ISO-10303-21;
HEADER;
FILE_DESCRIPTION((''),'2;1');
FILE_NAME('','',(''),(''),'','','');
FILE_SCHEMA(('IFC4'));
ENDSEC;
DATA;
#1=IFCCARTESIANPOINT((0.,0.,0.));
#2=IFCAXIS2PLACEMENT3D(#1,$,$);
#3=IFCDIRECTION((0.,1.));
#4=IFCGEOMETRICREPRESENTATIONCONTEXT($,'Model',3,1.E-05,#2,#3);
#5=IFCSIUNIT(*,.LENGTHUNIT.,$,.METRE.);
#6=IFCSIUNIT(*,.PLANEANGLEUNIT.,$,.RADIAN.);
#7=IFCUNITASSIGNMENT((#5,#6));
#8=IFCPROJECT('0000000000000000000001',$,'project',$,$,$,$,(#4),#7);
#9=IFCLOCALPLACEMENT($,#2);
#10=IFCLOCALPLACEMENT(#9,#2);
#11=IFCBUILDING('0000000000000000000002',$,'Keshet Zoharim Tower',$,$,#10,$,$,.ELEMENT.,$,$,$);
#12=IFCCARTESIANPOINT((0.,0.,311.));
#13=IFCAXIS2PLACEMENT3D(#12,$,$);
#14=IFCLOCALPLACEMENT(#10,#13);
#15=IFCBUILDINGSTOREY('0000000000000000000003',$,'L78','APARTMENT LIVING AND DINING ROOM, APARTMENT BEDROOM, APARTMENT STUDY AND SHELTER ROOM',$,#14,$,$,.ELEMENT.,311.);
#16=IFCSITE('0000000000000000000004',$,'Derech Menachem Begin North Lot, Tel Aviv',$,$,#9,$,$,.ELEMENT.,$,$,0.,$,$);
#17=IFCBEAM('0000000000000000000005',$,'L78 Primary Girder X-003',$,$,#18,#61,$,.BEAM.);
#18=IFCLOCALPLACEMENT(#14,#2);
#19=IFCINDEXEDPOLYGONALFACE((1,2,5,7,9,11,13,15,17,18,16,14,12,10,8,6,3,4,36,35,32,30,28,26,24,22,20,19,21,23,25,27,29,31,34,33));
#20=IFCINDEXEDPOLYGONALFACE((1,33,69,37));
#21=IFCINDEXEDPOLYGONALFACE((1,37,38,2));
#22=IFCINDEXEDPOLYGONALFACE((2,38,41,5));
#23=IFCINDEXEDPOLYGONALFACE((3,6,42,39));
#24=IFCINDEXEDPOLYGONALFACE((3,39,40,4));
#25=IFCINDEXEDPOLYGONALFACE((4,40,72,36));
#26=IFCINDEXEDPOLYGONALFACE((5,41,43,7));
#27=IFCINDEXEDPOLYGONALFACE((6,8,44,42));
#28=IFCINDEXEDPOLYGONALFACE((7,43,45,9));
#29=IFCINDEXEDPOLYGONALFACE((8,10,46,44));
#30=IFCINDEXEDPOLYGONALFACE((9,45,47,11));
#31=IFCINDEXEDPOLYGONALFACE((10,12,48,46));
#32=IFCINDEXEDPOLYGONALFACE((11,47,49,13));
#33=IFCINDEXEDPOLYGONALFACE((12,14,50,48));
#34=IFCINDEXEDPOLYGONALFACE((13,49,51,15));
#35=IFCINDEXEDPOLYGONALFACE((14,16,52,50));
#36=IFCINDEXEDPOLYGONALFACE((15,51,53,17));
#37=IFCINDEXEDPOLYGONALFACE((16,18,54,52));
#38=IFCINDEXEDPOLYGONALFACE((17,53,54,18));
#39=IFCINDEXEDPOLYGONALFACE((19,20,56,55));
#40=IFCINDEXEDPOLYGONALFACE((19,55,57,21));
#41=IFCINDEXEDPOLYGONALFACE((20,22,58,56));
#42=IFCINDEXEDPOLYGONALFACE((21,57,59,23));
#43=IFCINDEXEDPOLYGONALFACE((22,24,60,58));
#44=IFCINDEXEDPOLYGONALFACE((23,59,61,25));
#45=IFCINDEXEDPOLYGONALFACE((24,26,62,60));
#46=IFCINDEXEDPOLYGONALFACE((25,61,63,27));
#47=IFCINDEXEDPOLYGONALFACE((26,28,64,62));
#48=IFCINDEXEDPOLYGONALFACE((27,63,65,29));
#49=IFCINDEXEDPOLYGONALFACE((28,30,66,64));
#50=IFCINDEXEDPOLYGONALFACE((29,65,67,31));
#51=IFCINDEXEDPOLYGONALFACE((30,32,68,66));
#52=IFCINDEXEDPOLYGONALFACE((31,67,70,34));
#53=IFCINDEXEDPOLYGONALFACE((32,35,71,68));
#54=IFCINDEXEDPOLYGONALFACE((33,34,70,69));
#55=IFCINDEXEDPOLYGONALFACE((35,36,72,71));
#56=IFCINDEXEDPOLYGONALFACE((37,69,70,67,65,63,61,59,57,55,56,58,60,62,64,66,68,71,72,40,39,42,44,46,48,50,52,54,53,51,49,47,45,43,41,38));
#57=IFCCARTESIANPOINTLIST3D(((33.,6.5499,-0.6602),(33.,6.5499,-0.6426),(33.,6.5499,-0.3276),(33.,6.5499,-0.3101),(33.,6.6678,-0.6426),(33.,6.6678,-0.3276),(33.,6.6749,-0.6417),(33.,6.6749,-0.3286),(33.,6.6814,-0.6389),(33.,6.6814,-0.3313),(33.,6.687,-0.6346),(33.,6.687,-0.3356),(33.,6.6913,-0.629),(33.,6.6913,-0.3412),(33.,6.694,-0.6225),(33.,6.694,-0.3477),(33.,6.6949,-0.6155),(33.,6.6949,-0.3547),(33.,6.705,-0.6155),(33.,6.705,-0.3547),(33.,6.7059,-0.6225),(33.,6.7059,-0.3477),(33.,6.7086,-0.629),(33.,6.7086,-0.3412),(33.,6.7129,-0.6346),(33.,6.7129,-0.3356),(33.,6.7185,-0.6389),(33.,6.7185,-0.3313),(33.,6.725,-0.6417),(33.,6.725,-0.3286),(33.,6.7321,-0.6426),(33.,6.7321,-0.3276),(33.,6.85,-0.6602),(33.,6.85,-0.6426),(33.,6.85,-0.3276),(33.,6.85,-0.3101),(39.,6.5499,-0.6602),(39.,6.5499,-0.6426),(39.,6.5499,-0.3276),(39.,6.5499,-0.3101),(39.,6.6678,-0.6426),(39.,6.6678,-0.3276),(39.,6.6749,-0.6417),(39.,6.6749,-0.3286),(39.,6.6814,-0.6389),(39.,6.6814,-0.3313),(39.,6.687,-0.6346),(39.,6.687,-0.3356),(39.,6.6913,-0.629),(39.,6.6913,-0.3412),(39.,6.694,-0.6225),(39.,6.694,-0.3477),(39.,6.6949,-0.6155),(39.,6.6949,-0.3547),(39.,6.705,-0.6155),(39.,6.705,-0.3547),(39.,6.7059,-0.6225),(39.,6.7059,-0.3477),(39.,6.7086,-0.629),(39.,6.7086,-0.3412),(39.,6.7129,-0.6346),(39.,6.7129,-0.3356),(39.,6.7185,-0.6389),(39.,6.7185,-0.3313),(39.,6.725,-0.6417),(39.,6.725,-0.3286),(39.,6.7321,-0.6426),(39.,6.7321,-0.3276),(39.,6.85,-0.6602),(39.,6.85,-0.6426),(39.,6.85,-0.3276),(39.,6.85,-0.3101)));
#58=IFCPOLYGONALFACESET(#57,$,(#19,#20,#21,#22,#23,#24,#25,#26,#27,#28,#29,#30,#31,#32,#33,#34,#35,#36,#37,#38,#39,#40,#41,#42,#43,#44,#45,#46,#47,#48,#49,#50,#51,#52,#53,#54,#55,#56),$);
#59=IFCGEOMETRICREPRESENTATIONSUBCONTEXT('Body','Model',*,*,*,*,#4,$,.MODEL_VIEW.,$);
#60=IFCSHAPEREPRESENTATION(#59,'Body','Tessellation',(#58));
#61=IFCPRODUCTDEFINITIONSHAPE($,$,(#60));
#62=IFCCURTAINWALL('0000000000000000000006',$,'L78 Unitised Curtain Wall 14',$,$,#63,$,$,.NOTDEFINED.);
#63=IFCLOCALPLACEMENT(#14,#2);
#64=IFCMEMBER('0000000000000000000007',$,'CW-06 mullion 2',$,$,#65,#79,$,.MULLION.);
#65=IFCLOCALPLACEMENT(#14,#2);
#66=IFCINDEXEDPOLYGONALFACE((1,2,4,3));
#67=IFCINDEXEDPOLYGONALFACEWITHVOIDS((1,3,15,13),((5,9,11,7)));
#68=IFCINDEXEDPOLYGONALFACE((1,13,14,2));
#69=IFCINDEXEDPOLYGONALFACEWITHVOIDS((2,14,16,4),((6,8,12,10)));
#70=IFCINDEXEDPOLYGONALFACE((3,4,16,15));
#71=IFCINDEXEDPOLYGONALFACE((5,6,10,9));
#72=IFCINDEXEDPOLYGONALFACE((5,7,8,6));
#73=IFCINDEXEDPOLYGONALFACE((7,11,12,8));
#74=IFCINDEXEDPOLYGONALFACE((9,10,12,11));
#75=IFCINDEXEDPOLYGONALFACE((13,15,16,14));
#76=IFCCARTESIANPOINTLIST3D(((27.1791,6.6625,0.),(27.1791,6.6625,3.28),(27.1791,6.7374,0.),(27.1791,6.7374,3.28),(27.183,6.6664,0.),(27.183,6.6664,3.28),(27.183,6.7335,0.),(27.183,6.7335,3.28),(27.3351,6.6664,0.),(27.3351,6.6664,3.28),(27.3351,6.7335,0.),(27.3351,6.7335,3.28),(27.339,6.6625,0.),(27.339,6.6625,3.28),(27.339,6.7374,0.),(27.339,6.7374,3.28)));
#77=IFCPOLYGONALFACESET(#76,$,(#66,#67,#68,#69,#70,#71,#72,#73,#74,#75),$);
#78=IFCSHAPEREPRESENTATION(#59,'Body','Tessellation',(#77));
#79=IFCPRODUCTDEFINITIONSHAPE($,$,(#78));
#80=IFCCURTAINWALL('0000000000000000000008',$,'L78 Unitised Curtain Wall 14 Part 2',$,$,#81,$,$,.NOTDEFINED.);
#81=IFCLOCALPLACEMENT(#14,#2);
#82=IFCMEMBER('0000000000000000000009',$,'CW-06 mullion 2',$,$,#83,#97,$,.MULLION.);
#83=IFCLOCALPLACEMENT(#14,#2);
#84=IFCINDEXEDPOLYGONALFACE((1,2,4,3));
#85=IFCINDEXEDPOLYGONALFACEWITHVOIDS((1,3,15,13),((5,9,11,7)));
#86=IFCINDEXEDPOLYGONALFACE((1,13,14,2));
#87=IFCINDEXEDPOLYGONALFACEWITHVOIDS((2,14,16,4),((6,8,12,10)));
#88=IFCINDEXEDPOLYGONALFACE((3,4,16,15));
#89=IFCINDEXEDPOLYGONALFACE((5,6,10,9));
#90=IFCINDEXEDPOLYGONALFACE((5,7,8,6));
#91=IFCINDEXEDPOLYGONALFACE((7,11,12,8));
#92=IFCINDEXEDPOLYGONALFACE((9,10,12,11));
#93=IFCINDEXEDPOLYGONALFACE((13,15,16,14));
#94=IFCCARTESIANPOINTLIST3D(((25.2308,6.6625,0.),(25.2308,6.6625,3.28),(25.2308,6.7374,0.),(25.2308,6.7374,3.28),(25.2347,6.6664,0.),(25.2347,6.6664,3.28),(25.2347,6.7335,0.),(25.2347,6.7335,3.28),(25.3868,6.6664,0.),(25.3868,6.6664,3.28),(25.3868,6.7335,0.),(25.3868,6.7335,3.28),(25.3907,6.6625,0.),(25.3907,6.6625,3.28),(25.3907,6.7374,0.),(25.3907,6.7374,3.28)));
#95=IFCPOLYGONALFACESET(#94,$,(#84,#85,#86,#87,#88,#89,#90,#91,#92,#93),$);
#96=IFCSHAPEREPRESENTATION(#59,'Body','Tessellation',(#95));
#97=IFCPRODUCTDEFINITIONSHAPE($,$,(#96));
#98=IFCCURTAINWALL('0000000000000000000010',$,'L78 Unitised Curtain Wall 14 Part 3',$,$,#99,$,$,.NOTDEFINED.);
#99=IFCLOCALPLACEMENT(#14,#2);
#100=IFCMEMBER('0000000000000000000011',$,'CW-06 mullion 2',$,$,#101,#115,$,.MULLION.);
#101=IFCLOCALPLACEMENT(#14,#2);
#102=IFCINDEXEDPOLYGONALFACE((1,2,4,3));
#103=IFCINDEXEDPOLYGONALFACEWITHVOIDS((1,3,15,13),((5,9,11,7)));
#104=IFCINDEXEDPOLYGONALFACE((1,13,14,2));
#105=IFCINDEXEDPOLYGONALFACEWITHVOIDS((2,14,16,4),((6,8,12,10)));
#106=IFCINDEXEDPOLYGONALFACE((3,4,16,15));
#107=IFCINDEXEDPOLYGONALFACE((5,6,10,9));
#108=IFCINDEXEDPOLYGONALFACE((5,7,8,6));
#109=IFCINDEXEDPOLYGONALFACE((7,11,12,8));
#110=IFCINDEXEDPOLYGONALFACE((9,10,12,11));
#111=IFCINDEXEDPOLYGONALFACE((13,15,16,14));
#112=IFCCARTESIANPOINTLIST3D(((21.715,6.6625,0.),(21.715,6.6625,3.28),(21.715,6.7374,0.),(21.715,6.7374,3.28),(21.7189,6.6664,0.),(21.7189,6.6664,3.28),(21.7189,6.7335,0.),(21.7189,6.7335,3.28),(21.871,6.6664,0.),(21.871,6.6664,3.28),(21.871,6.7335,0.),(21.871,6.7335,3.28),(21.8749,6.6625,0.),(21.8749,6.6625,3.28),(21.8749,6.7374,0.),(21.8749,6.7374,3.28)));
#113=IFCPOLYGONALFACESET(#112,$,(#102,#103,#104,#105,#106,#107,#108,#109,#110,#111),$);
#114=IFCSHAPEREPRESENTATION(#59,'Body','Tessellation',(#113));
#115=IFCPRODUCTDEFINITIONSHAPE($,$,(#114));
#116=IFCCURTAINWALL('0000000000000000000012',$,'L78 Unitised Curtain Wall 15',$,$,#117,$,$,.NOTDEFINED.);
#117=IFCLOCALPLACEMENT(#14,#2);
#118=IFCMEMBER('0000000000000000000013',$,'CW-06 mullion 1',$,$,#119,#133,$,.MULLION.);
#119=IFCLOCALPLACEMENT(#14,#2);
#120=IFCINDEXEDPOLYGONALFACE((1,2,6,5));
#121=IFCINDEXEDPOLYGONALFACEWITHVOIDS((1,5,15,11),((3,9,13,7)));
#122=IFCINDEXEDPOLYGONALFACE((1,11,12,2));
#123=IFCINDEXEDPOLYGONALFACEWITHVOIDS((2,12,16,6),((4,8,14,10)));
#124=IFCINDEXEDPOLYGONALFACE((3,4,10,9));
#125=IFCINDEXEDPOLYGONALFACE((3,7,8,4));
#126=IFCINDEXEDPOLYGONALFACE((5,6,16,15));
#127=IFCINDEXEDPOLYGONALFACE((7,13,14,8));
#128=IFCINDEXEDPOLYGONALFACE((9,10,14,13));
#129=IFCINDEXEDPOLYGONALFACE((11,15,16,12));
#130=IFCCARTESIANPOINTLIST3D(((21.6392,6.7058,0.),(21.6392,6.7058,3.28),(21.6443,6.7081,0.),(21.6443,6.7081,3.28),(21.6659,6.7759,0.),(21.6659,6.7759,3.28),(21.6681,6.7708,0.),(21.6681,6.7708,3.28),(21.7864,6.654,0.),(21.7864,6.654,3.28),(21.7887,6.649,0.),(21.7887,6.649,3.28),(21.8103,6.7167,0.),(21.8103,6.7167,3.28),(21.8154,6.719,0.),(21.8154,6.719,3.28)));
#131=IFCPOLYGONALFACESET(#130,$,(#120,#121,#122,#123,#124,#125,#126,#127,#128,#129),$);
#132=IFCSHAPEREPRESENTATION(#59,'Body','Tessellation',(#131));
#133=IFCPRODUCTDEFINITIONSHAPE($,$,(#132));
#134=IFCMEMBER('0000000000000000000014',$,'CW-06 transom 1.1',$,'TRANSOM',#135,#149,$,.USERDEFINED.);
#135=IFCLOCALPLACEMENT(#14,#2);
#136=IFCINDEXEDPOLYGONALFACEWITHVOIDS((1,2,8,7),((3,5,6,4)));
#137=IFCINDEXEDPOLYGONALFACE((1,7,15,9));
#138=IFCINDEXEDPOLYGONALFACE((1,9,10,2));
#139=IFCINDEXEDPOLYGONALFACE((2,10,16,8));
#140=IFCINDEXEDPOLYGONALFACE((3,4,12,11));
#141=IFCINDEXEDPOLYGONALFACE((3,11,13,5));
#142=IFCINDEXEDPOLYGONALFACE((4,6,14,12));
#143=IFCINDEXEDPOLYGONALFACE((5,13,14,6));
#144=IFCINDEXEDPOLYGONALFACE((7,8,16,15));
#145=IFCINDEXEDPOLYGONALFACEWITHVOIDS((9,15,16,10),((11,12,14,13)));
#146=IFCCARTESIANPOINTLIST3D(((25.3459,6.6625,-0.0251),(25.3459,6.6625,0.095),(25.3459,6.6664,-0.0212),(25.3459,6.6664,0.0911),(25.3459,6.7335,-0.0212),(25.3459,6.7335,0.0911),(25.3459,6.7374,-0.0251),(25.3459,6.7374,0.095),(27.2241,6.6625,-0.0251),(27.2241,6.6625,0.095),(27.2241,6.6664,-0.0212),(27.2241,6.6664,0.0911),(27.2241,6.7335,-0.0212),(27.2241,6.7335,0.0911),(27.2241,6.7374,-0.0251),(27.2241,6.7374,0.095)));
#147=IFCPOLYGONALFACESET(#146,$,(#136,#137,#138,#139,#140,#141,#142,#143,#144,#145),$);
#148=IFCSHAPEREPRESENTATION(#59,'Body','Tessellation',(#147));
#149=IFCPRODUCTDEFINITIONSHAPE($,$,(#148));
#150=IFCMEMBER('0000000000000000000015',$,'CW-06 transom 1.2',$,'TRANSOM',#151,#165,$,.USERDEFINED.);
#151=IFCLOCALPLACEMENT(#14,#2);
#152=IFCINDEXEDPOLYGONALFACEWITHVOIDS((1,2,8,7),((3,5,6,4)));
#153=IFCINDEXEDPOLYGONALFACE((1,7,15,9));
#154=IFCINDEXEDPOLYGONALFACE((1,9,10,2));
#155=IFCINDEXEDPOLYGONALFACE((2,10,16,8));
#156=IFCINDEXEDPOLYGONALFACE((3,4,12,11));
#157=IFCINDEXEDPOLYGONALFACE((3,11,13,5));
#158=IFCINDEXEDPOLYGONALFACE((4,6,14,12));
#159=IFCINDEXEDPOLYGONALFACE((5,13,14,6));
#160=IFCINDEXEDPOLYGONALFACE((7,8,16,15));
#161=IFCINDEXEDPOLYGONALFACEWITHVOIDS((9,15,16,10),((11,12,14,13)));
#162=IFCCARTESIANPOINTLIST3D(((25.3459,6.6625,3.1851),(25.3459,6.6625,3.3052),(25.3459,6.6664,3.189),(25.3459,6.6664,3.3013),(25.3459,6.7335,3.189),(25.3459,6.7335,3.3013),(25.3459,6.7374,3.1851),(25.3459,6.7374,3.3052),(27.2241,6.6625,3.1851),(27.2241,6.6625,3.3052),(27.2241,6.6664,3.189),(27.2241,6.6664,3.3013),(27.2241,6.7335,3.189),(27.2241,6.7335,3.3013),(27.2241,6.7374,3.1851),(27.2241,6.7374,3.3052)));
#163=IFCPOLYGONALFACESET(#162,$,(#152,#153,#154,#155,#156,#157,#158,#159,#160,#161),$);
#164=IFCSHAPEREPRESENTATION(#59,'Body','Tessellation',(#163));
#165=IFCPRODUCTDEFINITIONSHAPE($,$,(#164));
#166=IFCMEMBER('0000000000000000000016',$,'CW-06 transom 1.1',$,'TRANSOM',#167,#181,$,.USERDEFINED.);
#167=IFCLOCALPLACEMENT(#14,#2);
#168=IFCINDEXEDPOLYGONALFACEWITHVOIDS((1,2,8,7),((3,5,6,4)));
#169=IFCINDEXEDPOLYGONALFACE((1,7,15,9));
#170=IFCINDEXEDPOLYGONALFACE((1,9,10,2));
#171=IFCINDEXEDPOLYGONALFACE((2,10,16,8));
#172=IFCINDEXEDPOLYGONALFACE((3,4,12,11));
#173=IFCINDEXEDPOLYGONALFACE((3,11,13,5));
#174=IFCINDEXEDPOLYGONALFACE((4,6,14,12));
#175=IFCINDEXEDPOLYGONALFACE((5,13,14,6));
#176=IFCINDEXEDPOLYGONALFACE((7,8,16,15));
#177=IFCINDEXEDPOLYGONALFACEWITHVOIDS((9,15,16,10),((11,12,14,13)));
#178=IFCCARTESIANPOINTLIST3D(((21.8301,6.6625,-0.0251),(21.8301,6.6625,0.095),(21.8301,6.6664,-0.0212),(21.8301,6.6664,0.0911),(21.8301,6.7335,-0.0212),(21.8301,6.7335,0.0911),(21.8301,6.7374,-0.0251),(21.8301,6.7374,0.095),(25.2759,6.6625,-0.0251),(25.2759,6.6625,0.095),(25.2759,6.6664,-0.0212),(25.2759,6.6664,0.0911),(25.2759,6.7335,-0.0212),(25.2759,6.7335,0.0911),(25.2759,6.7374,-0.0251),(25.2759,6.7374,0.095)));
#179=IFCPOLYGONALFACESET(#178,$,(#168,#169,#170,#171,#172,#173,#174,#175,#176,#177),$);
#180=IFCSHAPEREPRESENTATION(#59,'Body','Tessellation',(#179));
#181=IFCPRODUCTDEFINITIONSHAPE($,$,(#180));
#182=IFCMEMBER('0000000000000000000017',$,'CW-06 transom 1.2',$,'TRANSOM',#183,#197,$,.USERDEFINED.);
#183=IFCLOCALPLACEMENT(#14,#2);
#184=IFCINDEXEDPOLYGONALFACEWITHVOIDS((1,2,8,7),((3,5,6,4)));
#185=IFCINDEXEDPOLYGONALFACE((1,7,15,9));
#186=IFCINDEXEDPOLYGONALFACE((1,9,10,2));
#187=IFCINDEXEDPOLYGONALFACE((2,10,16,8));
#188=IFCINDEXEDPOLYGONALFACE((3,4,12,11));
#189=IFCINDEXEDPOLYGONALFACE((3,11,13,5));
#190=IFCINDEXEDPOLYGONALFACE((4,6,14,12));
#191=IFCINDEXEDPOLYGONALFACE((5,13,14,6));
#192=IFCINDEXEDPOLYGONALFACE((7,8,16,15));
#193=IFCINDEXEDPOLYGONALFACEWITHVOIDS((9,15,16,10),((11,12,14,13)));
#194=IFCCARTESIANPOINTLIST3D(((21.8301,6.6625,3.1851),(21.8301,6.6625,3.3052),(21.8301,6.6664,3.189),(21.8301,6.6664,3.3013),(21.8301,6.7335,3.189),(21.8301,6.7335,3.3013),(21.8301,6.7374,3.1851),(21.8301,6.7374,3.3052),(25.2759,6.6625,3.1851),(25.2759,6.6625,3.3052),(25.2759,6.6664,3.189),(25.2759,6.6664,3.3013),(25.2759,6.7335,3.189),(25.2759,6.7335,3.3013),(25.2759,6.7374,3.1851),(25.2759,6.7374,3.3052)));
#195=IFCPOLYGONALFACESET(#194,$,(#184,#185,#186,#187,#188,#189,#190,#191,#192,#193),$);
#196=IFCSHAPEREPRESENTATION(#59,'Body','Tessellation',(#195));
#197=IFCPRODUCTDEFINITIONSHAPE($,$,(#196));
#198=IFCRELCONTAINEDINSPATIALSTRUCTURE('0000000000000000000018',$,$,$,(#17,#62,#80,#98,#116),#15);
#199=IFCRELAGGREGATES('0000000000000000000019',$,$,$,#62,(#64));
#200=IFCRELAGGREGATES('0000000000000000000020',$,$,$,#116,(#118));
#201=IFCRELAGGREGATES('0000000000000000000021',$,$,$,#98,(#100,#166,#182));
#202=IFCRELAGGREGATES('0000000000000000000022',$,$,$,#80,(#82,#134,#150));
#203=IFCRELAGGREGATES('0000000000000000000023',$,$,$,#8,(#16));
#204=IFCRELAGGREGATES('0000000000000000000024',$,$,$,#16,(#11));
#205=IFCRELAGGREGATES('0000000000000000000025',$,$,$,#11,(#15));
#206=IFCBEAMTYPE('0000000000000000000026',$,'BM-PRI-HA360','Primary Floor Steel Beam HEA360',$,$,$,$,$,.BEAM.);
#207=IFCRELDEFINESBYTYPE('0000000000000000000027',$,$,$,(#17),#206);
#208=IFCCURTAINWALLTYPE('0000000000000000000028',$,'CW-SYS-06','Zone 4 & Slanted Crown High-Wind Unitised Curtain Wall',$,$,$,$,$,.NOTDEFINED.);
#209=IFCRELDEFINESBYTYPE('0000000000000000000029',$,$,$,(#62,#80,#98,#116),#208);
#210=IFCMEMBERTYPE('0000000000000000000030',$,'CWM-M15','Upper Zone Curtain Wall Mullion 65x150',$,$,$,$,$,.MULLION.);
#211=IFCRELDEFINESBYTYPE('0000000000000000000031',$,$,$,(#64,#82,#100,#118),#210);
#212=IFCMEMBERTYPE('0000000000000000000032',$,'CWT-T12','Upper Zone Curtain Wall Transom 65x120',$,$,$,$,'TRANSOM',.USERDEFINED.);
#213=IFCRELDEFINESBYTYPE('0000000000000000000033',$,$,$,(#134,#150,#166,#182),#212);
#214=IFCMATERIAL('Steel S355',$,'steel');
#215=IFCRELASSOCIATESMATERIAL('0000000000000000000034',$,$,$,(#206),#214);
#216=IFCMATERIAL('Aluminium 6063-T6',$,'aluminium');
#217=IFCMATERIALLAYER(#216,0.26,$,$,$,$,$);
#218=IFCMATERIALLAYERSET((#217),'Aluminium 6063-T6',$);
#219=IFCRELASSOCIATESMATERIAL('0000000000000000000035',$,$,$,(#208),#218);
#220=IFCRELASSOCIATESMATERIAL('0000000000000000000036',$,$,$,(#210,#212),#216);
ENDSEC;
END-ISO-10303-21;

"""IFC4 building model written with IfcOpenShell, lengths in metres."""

from ifc_helpers import new_model, si_unit, direction, frame, origin, origin_2d, place, context, subcontext, project, spatial, hollow_rectangle, i_section, extrude, material, layer, layer_set, material_profile, profile_set, type_object, element, aggregate, save


model = new_model("IFC4")

# Units and contexts
model_context = context("Model", 3, precision=1e-05, world=origin(), true_north=direction((0.0, 1.0)))
body_context = subcontext(model_context, "Body", "Model", "MODEL_VIEW")
ifc_project = project(units=[si_unit("LENGTHUNIT", "METRE"), si_unit("PLANEANGLEUNIT", "RADIAN")], contexts=[model_context])

# Site, building, storey
site_placement = place(None, origin())
site = spatial("IfcSite", under=ifc_project, at=site_placement, Name="Derech Menachem Begin North Lot, Tel Aviv", CompositionType="ELEMENT", RefElevation=0.0)
building_placement = place(site_placement, origin())
building = spatial("IfcBuilding", under=site, at=building_placement, Name="Keshet Zoharim Tower", CompositionType="ELEMENT")
storey_placement = place(building_placement, frame((0.0, 0.0, 311.0)))
storey = spatial("IfcBuildingStorey", under=building, at=storey_placement, Name="L78", Description="APARTMENT LIVING AND DINING ROOM, APARTMENT BEDROOM, APARTMENT STUDY AND SHELTER ROOM", CompositionType="ELEMENT", Elevation=311.0)

# Shared definitions
ifc_material_1 = material(Name="Steel S355", Category="steel")

# Beam
ifc_material_profile_1 = material_profile(ifc_material_1, i_section(OverallWidth=0.3, OverallDepth=0.3501, WebThickness=0.01, FlangeThickness=0.0176, FilletRadius=0.0271, at=origin_2d()), Name="HEA360")
ifc_profile_set_1 = profile_set([ifc_material_profile_1], Name="Steel S355")
beam_type_1 = type_object("IfcBeamType", Name="BM-PRI-HA360", Description="Primary Floor Steel Beam HEA360", PredefinedType="BEAM", material=ifc_profile_set_1)
for number, where, z_axis, x_axis, name in (
    (1, (33.0, 6.7, -0.4851), (1.0, 0.0, 0.0), (0.0, 1.0, 0.0), "L78 Primary Girder X-003"),
):
    element("IfcBeam", number, at=place(storey_placement, frame(where, z_axis=z_axis, x_axis=x_axis)), inside=storey, type_object=beam_type_1, Name=name, PredefinedType="BEAM", context=body_context, shape_type="SweptSolid", body=[
        extrude(i_section(OverallWidth=0.3, OverallDepth=0.3501, WebThickness=0.01, FlangeThickness=0.0176, FilletRadius=0.0271, at=origin_2d()), origin(), (0.0, 0.0, 1.0), 6.0),
    ])

# Curtain walls, members
ifc_material_2 = material(Name="Aluminium 6063-T6", Category="aluminium")
ifc_layer_1 = layer(ifc_material_2, 0.26)
ifc_layer_set_1 = layer_set([ifc_layer_1], Name="Aluminium 6063-T6")
curtain_wall_type = type_object("IfcCurtainWallType", Name="CW-SYS-06", Description="Zone 4 & Slanted Crown High-Wind Unitised Curtain Wall", PredefinedType="NOTDEFINED", material=ifc_layer_set_1)
curtain_wall_1_placement = place(storey_placement, origin())
curtain_wall_1 = element("IfcCurtainWall", 2, at=curtain_wall_1_placement, inside=storey, type_object=curtain_wall_type, Name="L78 Unitised Curtain Wall 14", PredefinedType="NOTDEFINED")
ifc_material_profile_2 = material_profile(ifc_material_2, hollow_rectangle(XDim=0.075, YDim=0.1599, WallThickness=0.0039, at=origin_2d()), Name="MUL-75x160")
ifc_profile_set_2 = profile_set([ifc_material_profile_2], Name="Aluminium 6063-T6")
member_type_1 = type_object("IfcMemberType", Name="CWM-M15", Description="Upper Zone Curtain Wall Mullion 65x150", PredefinedType="MULLION", material=ifc_profile_set_2)
member_1_placement = place(storey_placement, frame((27.259, 6.7, 0.0), z_axis=(0.0, 0.0, 1.0), x_axis=(0.0, -1.0, 0.0)))
member_1 = element("IfcMember", 3, at=member_1_placement, type_object=member_type_1, Name="CW-06 mullion 2", PredefinedType="MULLION", context=body_context, shape_type="SweptSolid", body=[
    extrude(hollow_rectangle(XDim=0.075, YDim=0.1599, WallThickness=0.0039, at=origin_2d()), origin(), (0.0, 0.0, 1.0), 3.28),
])
aggregate(curtain_wall_1, [member_1])
curtain_wall_2_placement = place(storey_placement, origin())
curtain_wall_2 = element("IfcCurtainWall", 4, at=curtain_wall_2_placement, inside=storey, type_object=curtain_wall_type, Name="L78 Unitised Curtain Wall 14 Part 2", PredefinedType="NOTDEFINED")
member_2_placement = place(storey_placement, frame((25.3108, 6.7, 0.0), z_axis=(0.0, 0.0, 1.0), x_axis=(0.0, -1.0, 0.0)))
member_2 = element("IfcMember", 5, at=member_2_placement, type_object=member_type_1, Name="CW-06 mullion 2", PredefinedType="MULLION", context=body_context, shape_type="SweptSolid", body=[
    extrude(hollow_rectangle(XDim=0.075, YDim=0.1599, WallThickness=0.0039, at=origin_2d()), origin(), (0.0, 0.0, 1.0), 3.28),
])
curtain_wall_3_placement = place(storey_placement, origin())
curtain_wall_3 = element("IfcCurtainWall", 6, at=curtain_wall_3_placement, inside=storey, type_object=curtain_wall_type, Name="L78 Unitised Curtain Wall 14 Part 3", PredefinedType="NOTDEFINED")
member_3_placement = place(storey_placement, frame((21.7949, 6.7, 0.0), z_axis=(0.0, 0.0, 1.0), x_axis=(0.0, -1.0, 0.0)))
member_3 = element("IfcMember", 7, at=member_3_placement, type_object=member_type_1, Name="CW-06 mullion 2", PredefinedType="MULLION", context=body_context, shape_type="SweptSolid", body=[
    extrude(hollow_rectangle(XDim=0.075, YDim=0.1599, WallThickness=0.0039, at=origin_2d()), origin(), (0.0, 0.0, 1.0), 3.28),
])
curtain_wall_4_placement = place(storey_placement, origin())
curtain_wall_4 = element("IfcCurtainWall", 8, at=curtain_wall_4_placement, inside=storey, type_object=curtain_wall_type, Name="L78 Unitised Curtain Wall 15", PredefinedType="NOTDEFINED")
member_4_placement = place(storey_placement, frame((21.7273, 6.7124, 0.0), z_axis=(0.0, 0.0, 1.0), x_axis=(-0.355439, -0.934699, 0.0)))
member_4 = element("IfcMember", 9, at=member_4_placement, type_object=member_type_1, Name="CW-06 mullion 1", PredefinedType="MULLION", context=body_context, shape_type="SweptSolid", body=[
    extrude(hollow_rectangle(XDim=0.075, YDim=0.1599, WallThickness=0.0039, at=origin_2d()), origin(), (0.0, 0.0, 1.0), 3.28),
])

# Members
ifc_material_profile_3 = material_profile(ifc_material_2, hollow_rectangle(XDim=0.075, YDim=0.1201, WallThickness=0.0039, at=origin_2d()), Name="TRN-75x120")
ifc_profile_set_3 = profile_set([ifc_material_profile_3], Name="Aluminium 6063-T6")
member_type_2 = type_object("IfcMemberType", Name="CWT-T12", Description="Upper Zone Curtain Wall Transom 65x120", ElementType="TRANSOM", PredefinedType="USERDEFINED", material=ifc_profile_set_3)
member_5_placement = place(storey_placement, frame((27.2241, 6.7, 0.0349), z_axis=(-1.0, 0.0, 0.0), x_axis=(0.0, -1.0, 0.0)))
member_5 = element("IfcMember", 10, at=member_5_placement, type_object=member_type_2, Name="CW-06 transom 1.1", ObjectType="TRANSOM", PredefinedType="USERDEFINED", context=body_context, shape_type="SweptSolid", body=[
    extrude(hollow_rectangle(XDim=0.075, YDim=0.1201, WallThickness=0.0039, at=origin_2d()), origin(), (0.0, 0.0, 1.0), 1.8782),
])
member_6_placement = place(storey_placement, frame((27.2241, 6.7, 3.2451), z_axis=(-1.0, 0.0, 0.0), x_axis=(0.0, -1.0, 0.0)))
member_6 = element("IfcMember", 11, at=member_6_placement, type_object=member_type_2, Name="CW-06 transom 1.2", ObjectType="TRANSOM", PredefinedType="USERDEFINED", context=body_context, shape_type="SweptSolid", body=[
    extrude(hollow_rectangle(XDim=0.075, YDim=0.1201, WallThickness=0.0039, at=origin_2d()), origin(), (0.0, 0.0, 1.0), 1.8782),
])
member_7_placement = place(storey_placement, frame((25.2759, 6.7, 0.0349), z_axis=(-1.0, 0.0, 0.0), x_axis=(0.0, -1.0, 0.0)))
member_7 = element("IfcMember", 12, at=member_7_placement, type_object=member_type_2, Name="CW-06 transom 1.1", ObjectType="TRANSOM", PredefinedType="USERDEFINED", context=body_context, shape_type="SweptSolid", body=[
    extrude(hollow_rectangle(XDim=0.075, YDim=0.1201, WallThickness=0.0039, at=origin_2d()), origin(), (0.0, 0.0, 1.0), 3.4458),
])
member_8_placement = place(storey_placement, frame((25.2759, 6.7, 3.2451), z_axis=(-1.0, 0.0, 0.0), x_axis=(0.0, -1.0, 0.0)))
member_8 = element("IfcMember", 13, at=member_8_placement, type_object=member_type_2, Name="CW-06 transom 1.2", ObjectType="TRANSOM", PredefinedType="USERDEFINED", context=body_context, shape_type="SweptSolid", body=[
    extrude(hollow_rectangle(XDim=0.075, YDim=0.1201, WallThickness=0.0039, at=origin_2d()), origin(), (0.0, 0.0, 1.0), 3.4458),
])
aggregate(curtain_wall_4, [member_4])

aggregate(curtain_wall_3, [member_3, member_7, member_8])
aggregate(curtain_wall_2, [member_2, member_5, member_6])

save(model, "model.ifc")
